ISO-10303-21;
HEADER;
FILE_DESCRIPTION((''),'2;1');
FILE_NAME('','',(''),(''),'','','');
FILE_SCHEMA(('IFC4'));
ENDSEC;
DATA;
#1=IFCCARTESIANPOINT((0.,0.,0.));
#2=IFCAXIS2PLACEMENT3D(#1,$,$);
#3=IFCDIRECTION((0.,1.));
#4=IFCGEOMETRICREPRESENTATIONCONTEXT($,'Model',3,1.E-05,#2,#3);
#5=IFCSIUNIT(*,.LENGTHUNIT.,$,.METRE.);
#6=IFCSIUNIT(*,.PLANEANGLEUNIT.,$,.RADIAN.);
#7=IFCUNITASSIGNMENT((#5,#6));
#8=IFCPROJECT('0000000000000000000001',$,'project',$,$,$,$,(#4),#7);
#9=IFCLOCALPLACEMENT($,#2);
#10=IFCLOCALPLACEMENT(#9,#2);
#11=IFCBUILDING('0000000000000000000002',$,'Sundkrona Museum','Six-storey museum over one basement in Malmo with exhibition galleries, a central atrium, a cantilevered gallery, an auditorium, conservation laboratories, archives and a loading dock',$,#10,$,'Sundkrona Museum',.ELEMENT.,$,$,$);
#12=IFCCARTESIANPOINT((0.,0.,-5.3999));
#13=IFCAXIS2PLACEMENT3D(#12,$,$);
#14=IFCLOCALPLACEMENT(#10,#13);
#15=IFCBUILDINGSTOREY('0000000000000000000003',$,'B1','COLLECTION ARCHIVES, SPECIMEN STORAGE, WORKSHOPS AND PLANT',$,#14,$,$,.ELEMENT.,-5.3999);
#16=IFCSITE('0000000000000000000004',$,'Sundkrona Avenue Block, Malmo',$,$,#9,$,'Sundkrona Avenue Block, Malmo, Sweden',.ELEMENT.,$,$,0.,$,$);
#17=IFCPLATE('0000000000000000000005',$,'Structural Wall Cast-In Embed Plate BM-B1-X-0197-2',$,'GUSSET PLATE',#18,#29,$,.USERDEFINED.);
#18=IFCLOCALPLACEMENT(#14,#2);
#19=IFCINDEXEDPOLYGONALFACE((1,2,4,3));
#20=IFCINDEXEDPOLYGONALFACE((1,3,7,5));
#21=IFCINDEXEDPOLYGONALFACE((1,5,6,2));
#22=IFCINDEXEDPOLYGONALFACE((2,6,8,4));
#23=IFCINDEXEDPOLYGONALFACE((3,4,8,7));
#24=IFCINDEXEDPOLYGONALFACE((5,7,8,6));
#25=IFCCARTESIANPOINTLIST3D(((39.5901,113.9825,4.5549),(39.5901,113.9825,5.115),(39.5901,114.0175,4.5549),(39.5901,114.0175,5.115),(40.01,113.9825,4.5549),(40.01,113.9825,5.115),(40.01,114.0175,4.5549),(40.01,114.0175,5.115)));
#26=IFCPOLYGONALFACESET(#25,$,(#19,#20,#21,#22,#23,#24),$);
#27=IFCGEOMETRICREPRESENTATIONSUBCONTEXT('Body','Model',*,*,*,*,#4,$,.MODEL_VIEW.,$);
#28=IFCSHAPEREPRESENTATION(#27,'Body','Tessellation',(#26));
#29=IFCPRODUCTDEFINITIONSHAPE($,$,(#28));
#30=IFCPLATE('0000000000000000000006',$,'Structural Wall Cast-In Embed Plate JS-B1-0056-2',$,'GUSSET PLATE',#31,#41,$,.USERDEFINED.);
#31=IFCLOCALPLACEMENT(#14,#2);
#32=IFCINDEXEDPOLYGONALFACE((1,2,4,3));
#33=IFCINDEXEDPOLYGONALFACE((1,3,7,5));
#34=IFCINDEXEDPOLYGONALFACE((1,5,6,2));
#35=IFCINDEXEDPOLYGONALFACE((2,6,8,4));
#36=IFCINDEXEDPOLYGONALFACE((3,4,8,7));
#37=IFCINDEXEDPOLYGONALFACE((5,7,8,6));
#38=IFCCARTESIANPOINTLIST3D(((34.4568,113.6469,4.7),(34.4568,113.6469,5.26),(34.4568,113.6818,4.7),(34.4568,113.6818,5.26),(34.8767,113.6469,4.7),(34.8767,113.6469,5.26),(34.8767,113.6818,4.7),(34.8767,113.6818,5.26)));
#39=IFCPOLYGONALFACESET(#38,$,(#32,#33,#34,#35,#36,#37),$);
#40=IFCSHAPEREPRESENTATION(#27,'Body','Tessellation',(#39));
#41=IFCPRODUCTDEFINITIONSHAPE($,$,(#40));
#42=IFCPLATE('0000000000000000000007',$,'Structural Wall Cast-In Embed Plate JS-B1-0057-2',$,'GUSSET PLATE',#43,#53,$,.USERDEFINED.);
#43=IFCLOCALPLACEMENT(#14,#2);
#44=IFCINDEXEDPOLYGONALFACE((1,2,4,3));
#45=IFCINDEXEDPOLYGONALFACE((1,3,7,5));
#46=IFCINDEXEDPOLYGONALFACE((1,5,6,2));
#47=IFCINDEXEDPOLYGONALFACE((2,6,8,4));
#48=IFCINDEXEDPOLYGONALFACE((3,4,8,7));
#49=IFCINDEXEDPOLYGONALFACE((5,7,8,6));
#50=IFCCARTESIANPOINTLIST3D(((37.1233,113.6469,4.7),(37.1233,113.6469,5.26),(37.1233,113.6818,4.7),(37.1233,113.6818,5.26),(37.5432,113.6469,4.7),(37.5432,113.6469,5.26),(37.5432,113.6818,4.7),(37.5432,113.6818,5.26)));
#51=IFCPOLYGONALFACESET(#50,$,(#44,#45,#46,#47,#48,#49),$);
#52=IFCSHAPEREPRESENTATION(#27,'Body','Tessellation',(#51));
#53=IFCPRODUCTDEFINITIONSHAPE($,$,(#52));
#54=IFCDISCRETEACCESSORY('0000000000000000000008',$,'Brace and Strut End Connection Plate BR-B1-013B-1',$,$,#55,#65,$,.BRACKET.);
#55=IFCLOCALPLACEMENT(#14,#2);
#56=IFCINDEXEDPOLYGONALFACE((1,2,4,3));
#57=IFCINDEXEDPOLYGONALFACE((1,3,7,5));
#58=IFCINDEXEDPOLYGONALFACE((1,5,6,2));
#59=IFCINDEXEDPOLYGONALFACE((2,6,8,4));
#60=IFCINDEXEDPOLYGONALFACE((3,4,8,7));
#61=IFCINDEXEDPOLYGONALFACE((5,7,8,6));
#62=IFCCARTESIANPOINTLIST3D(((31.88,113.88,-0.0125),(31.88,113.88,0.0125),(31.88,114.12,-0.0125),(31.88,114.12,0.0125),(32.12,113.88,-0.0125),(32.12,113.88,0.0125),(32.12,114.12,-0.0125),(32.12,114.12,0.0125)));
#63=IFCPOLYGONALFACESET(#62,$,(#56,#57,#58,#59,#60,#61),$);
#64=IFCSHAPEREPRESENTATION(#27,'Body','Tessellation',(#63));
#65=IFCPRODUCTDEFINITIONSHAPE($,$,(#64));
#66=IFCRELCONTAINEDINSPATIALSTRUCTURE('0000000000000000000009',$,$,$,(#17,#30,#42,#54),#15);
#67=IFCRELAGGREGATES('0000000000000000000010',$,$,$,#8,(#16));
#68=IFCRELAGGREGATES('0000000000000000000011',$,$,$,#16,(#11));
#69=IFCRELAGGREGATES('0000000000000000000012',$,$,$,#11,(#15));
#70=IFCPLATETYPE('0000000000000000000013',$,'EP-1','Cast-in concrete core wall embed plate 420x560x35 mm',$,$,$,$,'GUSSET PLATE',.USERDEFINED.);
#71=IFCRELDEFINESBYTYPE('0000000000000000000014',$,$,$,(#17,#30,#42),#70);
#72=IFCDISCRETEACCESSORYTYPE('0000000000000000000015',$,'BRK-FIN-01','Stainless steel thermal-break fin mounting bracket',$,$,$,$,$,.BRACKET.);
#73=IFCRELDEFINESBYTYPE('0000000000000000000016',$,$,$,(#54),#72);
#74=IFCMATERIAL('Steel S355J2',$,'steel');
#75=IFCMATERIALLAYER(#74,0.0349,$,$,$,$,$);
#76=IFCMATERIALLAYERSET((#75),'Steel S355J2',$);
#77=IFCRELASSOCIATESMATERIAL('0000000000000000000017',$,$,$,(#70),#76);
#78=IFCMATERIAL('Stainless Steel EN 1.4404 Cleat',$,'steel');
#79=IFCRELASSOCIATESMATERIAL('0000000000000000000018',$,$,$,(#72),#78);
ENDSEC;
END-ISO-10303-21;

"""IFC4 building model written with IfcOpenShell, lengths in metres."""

from ifc_helpers import new_model, si_unit, direction, frame, origin, origin_2d, place, context, subcontext, project, spatial, rectangle, extrude, material, layer, layer_set, type_object, element, save


model = new_model("IFC4")

# Units and contexts
model_context = context("Model", 3, precision=1e-05, world=origin(), true_north=direction((0.0, 1.0)))
body_context = subcontext(model_context, "Body", "Model", "MODEL_VIEW")
ifc_project = project(units=[si_unit("LENGTHUNIT", "METRE"), si_unit("PLANEANGLEUNIT", "RADIAN")], contexts=[model_context])

# Site, building, storey
site_placement = place(None, origin())
site = spatial("IfcSite", under=ifc_project, at=site_placement, Name="Sundkrona Avenue Block, Malmo", LongName="Sundkrona Avenue Block, Malmo, Sweden", CompositionType="ELEMENT", RefElevation=0.0)
building_placement = place(site_placement, origin())
building = spatial("IfcBuilding", under=site, at=building_placement, Name="Sundkrona Museum", Description="Six-storey museum over one basement in Malmo with exhibition galleries, a central atrium, a cantilevered gallery, an auditorium, conservation laboratories, archives and a loading dock", LongName="Sundkrona Museum", CompositionType="ELEMENT")
storey_placement = place(building_placement, frame((0.0, 0.0, -5.3999)))
storey = spatial("IfcBuildingStorey", under=building, at=storey_placement, Name="B1", Description="COLLECTION ARCHIVES, SPECIMEN STORAGE, WORKSHOPS AND PLANT", CompositionType="ELEMENT", Elevation=-5.3999)

# Shared definitions
ifc_material_1 = material(Name="Steel S355J2", Category="steel")

# Plates
ifc_layer = layer(ifc_material_1, 0.0349)
ifc_layer_set = layer_set([ifc_layer], Name="Steel S355J2")
plate_type = type_object("IfcPlateType", Name="EP-1", Description="Cast-in concrete core wall embed plate 420x560x35 mm", ElementType="GUSSET PLATE", PredefinedType="USERDEFINED", material=ifc_layer_set)
for number, where, z_axis, x_axis, name in (
    (1, (39.8, 114.0, 4.5549), (0.0, 0.0, 1.0), (1.0, 0.0, 0.0), "Structural Wall Cast-In Embed Plate BM-B1-X-0197-2"),
    (2, (34.6667, 113.6643, 4.7), (0.0, 0.0, 1.0), (1.0, 0.0, 0.0), "Structural Wall Cast-In Embed Plate JS-B1-0056-2"),
    (3, (37.3333, 113.6643, 4.7), (0.0, 0.0, 1.0), (1.0, 0.0, 0.0), "Structural Wall Cast-In Embed Plate JS-B1-0057-2"),
):
    element("IfcPlate", number, at=place(storey_placement, frame(where, z_axis=z_axis, x_axis=x_axis)), inside=storey, type_object=plate_type, Name=name, ObjectType="GUSSET PLATE", PredefinedType="USERDEFINED", context=body_context, shape_type="SweptSolid", body=[
        extrude(rectangle(XDim=0.4199, YDim=0.0349, at=origin_2d()), origin(), (0.0, 0.0, 1.0), 0.5601),
    ])

# Discrete accessory
ifc_material_2 = material(Name="Stainless Steel EN 1.4404 Cleat", Category="steel")
discrete_accessory_type = type_object("IfcDiscreteAccessoryType", Name="BRK-FIN-01", Description="Stainless steel thermal-break fin mounting bracket", PredefinedType="BRACKET", material=ifc_material_2)
discrete_accessory_placement = place(storey_placement, frame((32.0, 114.0, -0.0125), z_axis=(0.0, 0.0, 1.0), x_axis=(1.0, 0.0, 0.0)))
element("IfcDiscreteAccessory", 4, at=discrete_accessory_placement, inside=storey, type_object=discrete_accessory_type, Name="Brace and Strut End Connection Plate BR-B1-013B-1", PredefinedType="BRACKET", context=body_context, shape_type="SweptSolid", body=[
    extrude(rectangle(XDim=0.24, YDim=0.24, at=origin_2d()), origin(), (0.0, 0.0, 1.0), 0.0249),
])

save(model, "model.ifc")
